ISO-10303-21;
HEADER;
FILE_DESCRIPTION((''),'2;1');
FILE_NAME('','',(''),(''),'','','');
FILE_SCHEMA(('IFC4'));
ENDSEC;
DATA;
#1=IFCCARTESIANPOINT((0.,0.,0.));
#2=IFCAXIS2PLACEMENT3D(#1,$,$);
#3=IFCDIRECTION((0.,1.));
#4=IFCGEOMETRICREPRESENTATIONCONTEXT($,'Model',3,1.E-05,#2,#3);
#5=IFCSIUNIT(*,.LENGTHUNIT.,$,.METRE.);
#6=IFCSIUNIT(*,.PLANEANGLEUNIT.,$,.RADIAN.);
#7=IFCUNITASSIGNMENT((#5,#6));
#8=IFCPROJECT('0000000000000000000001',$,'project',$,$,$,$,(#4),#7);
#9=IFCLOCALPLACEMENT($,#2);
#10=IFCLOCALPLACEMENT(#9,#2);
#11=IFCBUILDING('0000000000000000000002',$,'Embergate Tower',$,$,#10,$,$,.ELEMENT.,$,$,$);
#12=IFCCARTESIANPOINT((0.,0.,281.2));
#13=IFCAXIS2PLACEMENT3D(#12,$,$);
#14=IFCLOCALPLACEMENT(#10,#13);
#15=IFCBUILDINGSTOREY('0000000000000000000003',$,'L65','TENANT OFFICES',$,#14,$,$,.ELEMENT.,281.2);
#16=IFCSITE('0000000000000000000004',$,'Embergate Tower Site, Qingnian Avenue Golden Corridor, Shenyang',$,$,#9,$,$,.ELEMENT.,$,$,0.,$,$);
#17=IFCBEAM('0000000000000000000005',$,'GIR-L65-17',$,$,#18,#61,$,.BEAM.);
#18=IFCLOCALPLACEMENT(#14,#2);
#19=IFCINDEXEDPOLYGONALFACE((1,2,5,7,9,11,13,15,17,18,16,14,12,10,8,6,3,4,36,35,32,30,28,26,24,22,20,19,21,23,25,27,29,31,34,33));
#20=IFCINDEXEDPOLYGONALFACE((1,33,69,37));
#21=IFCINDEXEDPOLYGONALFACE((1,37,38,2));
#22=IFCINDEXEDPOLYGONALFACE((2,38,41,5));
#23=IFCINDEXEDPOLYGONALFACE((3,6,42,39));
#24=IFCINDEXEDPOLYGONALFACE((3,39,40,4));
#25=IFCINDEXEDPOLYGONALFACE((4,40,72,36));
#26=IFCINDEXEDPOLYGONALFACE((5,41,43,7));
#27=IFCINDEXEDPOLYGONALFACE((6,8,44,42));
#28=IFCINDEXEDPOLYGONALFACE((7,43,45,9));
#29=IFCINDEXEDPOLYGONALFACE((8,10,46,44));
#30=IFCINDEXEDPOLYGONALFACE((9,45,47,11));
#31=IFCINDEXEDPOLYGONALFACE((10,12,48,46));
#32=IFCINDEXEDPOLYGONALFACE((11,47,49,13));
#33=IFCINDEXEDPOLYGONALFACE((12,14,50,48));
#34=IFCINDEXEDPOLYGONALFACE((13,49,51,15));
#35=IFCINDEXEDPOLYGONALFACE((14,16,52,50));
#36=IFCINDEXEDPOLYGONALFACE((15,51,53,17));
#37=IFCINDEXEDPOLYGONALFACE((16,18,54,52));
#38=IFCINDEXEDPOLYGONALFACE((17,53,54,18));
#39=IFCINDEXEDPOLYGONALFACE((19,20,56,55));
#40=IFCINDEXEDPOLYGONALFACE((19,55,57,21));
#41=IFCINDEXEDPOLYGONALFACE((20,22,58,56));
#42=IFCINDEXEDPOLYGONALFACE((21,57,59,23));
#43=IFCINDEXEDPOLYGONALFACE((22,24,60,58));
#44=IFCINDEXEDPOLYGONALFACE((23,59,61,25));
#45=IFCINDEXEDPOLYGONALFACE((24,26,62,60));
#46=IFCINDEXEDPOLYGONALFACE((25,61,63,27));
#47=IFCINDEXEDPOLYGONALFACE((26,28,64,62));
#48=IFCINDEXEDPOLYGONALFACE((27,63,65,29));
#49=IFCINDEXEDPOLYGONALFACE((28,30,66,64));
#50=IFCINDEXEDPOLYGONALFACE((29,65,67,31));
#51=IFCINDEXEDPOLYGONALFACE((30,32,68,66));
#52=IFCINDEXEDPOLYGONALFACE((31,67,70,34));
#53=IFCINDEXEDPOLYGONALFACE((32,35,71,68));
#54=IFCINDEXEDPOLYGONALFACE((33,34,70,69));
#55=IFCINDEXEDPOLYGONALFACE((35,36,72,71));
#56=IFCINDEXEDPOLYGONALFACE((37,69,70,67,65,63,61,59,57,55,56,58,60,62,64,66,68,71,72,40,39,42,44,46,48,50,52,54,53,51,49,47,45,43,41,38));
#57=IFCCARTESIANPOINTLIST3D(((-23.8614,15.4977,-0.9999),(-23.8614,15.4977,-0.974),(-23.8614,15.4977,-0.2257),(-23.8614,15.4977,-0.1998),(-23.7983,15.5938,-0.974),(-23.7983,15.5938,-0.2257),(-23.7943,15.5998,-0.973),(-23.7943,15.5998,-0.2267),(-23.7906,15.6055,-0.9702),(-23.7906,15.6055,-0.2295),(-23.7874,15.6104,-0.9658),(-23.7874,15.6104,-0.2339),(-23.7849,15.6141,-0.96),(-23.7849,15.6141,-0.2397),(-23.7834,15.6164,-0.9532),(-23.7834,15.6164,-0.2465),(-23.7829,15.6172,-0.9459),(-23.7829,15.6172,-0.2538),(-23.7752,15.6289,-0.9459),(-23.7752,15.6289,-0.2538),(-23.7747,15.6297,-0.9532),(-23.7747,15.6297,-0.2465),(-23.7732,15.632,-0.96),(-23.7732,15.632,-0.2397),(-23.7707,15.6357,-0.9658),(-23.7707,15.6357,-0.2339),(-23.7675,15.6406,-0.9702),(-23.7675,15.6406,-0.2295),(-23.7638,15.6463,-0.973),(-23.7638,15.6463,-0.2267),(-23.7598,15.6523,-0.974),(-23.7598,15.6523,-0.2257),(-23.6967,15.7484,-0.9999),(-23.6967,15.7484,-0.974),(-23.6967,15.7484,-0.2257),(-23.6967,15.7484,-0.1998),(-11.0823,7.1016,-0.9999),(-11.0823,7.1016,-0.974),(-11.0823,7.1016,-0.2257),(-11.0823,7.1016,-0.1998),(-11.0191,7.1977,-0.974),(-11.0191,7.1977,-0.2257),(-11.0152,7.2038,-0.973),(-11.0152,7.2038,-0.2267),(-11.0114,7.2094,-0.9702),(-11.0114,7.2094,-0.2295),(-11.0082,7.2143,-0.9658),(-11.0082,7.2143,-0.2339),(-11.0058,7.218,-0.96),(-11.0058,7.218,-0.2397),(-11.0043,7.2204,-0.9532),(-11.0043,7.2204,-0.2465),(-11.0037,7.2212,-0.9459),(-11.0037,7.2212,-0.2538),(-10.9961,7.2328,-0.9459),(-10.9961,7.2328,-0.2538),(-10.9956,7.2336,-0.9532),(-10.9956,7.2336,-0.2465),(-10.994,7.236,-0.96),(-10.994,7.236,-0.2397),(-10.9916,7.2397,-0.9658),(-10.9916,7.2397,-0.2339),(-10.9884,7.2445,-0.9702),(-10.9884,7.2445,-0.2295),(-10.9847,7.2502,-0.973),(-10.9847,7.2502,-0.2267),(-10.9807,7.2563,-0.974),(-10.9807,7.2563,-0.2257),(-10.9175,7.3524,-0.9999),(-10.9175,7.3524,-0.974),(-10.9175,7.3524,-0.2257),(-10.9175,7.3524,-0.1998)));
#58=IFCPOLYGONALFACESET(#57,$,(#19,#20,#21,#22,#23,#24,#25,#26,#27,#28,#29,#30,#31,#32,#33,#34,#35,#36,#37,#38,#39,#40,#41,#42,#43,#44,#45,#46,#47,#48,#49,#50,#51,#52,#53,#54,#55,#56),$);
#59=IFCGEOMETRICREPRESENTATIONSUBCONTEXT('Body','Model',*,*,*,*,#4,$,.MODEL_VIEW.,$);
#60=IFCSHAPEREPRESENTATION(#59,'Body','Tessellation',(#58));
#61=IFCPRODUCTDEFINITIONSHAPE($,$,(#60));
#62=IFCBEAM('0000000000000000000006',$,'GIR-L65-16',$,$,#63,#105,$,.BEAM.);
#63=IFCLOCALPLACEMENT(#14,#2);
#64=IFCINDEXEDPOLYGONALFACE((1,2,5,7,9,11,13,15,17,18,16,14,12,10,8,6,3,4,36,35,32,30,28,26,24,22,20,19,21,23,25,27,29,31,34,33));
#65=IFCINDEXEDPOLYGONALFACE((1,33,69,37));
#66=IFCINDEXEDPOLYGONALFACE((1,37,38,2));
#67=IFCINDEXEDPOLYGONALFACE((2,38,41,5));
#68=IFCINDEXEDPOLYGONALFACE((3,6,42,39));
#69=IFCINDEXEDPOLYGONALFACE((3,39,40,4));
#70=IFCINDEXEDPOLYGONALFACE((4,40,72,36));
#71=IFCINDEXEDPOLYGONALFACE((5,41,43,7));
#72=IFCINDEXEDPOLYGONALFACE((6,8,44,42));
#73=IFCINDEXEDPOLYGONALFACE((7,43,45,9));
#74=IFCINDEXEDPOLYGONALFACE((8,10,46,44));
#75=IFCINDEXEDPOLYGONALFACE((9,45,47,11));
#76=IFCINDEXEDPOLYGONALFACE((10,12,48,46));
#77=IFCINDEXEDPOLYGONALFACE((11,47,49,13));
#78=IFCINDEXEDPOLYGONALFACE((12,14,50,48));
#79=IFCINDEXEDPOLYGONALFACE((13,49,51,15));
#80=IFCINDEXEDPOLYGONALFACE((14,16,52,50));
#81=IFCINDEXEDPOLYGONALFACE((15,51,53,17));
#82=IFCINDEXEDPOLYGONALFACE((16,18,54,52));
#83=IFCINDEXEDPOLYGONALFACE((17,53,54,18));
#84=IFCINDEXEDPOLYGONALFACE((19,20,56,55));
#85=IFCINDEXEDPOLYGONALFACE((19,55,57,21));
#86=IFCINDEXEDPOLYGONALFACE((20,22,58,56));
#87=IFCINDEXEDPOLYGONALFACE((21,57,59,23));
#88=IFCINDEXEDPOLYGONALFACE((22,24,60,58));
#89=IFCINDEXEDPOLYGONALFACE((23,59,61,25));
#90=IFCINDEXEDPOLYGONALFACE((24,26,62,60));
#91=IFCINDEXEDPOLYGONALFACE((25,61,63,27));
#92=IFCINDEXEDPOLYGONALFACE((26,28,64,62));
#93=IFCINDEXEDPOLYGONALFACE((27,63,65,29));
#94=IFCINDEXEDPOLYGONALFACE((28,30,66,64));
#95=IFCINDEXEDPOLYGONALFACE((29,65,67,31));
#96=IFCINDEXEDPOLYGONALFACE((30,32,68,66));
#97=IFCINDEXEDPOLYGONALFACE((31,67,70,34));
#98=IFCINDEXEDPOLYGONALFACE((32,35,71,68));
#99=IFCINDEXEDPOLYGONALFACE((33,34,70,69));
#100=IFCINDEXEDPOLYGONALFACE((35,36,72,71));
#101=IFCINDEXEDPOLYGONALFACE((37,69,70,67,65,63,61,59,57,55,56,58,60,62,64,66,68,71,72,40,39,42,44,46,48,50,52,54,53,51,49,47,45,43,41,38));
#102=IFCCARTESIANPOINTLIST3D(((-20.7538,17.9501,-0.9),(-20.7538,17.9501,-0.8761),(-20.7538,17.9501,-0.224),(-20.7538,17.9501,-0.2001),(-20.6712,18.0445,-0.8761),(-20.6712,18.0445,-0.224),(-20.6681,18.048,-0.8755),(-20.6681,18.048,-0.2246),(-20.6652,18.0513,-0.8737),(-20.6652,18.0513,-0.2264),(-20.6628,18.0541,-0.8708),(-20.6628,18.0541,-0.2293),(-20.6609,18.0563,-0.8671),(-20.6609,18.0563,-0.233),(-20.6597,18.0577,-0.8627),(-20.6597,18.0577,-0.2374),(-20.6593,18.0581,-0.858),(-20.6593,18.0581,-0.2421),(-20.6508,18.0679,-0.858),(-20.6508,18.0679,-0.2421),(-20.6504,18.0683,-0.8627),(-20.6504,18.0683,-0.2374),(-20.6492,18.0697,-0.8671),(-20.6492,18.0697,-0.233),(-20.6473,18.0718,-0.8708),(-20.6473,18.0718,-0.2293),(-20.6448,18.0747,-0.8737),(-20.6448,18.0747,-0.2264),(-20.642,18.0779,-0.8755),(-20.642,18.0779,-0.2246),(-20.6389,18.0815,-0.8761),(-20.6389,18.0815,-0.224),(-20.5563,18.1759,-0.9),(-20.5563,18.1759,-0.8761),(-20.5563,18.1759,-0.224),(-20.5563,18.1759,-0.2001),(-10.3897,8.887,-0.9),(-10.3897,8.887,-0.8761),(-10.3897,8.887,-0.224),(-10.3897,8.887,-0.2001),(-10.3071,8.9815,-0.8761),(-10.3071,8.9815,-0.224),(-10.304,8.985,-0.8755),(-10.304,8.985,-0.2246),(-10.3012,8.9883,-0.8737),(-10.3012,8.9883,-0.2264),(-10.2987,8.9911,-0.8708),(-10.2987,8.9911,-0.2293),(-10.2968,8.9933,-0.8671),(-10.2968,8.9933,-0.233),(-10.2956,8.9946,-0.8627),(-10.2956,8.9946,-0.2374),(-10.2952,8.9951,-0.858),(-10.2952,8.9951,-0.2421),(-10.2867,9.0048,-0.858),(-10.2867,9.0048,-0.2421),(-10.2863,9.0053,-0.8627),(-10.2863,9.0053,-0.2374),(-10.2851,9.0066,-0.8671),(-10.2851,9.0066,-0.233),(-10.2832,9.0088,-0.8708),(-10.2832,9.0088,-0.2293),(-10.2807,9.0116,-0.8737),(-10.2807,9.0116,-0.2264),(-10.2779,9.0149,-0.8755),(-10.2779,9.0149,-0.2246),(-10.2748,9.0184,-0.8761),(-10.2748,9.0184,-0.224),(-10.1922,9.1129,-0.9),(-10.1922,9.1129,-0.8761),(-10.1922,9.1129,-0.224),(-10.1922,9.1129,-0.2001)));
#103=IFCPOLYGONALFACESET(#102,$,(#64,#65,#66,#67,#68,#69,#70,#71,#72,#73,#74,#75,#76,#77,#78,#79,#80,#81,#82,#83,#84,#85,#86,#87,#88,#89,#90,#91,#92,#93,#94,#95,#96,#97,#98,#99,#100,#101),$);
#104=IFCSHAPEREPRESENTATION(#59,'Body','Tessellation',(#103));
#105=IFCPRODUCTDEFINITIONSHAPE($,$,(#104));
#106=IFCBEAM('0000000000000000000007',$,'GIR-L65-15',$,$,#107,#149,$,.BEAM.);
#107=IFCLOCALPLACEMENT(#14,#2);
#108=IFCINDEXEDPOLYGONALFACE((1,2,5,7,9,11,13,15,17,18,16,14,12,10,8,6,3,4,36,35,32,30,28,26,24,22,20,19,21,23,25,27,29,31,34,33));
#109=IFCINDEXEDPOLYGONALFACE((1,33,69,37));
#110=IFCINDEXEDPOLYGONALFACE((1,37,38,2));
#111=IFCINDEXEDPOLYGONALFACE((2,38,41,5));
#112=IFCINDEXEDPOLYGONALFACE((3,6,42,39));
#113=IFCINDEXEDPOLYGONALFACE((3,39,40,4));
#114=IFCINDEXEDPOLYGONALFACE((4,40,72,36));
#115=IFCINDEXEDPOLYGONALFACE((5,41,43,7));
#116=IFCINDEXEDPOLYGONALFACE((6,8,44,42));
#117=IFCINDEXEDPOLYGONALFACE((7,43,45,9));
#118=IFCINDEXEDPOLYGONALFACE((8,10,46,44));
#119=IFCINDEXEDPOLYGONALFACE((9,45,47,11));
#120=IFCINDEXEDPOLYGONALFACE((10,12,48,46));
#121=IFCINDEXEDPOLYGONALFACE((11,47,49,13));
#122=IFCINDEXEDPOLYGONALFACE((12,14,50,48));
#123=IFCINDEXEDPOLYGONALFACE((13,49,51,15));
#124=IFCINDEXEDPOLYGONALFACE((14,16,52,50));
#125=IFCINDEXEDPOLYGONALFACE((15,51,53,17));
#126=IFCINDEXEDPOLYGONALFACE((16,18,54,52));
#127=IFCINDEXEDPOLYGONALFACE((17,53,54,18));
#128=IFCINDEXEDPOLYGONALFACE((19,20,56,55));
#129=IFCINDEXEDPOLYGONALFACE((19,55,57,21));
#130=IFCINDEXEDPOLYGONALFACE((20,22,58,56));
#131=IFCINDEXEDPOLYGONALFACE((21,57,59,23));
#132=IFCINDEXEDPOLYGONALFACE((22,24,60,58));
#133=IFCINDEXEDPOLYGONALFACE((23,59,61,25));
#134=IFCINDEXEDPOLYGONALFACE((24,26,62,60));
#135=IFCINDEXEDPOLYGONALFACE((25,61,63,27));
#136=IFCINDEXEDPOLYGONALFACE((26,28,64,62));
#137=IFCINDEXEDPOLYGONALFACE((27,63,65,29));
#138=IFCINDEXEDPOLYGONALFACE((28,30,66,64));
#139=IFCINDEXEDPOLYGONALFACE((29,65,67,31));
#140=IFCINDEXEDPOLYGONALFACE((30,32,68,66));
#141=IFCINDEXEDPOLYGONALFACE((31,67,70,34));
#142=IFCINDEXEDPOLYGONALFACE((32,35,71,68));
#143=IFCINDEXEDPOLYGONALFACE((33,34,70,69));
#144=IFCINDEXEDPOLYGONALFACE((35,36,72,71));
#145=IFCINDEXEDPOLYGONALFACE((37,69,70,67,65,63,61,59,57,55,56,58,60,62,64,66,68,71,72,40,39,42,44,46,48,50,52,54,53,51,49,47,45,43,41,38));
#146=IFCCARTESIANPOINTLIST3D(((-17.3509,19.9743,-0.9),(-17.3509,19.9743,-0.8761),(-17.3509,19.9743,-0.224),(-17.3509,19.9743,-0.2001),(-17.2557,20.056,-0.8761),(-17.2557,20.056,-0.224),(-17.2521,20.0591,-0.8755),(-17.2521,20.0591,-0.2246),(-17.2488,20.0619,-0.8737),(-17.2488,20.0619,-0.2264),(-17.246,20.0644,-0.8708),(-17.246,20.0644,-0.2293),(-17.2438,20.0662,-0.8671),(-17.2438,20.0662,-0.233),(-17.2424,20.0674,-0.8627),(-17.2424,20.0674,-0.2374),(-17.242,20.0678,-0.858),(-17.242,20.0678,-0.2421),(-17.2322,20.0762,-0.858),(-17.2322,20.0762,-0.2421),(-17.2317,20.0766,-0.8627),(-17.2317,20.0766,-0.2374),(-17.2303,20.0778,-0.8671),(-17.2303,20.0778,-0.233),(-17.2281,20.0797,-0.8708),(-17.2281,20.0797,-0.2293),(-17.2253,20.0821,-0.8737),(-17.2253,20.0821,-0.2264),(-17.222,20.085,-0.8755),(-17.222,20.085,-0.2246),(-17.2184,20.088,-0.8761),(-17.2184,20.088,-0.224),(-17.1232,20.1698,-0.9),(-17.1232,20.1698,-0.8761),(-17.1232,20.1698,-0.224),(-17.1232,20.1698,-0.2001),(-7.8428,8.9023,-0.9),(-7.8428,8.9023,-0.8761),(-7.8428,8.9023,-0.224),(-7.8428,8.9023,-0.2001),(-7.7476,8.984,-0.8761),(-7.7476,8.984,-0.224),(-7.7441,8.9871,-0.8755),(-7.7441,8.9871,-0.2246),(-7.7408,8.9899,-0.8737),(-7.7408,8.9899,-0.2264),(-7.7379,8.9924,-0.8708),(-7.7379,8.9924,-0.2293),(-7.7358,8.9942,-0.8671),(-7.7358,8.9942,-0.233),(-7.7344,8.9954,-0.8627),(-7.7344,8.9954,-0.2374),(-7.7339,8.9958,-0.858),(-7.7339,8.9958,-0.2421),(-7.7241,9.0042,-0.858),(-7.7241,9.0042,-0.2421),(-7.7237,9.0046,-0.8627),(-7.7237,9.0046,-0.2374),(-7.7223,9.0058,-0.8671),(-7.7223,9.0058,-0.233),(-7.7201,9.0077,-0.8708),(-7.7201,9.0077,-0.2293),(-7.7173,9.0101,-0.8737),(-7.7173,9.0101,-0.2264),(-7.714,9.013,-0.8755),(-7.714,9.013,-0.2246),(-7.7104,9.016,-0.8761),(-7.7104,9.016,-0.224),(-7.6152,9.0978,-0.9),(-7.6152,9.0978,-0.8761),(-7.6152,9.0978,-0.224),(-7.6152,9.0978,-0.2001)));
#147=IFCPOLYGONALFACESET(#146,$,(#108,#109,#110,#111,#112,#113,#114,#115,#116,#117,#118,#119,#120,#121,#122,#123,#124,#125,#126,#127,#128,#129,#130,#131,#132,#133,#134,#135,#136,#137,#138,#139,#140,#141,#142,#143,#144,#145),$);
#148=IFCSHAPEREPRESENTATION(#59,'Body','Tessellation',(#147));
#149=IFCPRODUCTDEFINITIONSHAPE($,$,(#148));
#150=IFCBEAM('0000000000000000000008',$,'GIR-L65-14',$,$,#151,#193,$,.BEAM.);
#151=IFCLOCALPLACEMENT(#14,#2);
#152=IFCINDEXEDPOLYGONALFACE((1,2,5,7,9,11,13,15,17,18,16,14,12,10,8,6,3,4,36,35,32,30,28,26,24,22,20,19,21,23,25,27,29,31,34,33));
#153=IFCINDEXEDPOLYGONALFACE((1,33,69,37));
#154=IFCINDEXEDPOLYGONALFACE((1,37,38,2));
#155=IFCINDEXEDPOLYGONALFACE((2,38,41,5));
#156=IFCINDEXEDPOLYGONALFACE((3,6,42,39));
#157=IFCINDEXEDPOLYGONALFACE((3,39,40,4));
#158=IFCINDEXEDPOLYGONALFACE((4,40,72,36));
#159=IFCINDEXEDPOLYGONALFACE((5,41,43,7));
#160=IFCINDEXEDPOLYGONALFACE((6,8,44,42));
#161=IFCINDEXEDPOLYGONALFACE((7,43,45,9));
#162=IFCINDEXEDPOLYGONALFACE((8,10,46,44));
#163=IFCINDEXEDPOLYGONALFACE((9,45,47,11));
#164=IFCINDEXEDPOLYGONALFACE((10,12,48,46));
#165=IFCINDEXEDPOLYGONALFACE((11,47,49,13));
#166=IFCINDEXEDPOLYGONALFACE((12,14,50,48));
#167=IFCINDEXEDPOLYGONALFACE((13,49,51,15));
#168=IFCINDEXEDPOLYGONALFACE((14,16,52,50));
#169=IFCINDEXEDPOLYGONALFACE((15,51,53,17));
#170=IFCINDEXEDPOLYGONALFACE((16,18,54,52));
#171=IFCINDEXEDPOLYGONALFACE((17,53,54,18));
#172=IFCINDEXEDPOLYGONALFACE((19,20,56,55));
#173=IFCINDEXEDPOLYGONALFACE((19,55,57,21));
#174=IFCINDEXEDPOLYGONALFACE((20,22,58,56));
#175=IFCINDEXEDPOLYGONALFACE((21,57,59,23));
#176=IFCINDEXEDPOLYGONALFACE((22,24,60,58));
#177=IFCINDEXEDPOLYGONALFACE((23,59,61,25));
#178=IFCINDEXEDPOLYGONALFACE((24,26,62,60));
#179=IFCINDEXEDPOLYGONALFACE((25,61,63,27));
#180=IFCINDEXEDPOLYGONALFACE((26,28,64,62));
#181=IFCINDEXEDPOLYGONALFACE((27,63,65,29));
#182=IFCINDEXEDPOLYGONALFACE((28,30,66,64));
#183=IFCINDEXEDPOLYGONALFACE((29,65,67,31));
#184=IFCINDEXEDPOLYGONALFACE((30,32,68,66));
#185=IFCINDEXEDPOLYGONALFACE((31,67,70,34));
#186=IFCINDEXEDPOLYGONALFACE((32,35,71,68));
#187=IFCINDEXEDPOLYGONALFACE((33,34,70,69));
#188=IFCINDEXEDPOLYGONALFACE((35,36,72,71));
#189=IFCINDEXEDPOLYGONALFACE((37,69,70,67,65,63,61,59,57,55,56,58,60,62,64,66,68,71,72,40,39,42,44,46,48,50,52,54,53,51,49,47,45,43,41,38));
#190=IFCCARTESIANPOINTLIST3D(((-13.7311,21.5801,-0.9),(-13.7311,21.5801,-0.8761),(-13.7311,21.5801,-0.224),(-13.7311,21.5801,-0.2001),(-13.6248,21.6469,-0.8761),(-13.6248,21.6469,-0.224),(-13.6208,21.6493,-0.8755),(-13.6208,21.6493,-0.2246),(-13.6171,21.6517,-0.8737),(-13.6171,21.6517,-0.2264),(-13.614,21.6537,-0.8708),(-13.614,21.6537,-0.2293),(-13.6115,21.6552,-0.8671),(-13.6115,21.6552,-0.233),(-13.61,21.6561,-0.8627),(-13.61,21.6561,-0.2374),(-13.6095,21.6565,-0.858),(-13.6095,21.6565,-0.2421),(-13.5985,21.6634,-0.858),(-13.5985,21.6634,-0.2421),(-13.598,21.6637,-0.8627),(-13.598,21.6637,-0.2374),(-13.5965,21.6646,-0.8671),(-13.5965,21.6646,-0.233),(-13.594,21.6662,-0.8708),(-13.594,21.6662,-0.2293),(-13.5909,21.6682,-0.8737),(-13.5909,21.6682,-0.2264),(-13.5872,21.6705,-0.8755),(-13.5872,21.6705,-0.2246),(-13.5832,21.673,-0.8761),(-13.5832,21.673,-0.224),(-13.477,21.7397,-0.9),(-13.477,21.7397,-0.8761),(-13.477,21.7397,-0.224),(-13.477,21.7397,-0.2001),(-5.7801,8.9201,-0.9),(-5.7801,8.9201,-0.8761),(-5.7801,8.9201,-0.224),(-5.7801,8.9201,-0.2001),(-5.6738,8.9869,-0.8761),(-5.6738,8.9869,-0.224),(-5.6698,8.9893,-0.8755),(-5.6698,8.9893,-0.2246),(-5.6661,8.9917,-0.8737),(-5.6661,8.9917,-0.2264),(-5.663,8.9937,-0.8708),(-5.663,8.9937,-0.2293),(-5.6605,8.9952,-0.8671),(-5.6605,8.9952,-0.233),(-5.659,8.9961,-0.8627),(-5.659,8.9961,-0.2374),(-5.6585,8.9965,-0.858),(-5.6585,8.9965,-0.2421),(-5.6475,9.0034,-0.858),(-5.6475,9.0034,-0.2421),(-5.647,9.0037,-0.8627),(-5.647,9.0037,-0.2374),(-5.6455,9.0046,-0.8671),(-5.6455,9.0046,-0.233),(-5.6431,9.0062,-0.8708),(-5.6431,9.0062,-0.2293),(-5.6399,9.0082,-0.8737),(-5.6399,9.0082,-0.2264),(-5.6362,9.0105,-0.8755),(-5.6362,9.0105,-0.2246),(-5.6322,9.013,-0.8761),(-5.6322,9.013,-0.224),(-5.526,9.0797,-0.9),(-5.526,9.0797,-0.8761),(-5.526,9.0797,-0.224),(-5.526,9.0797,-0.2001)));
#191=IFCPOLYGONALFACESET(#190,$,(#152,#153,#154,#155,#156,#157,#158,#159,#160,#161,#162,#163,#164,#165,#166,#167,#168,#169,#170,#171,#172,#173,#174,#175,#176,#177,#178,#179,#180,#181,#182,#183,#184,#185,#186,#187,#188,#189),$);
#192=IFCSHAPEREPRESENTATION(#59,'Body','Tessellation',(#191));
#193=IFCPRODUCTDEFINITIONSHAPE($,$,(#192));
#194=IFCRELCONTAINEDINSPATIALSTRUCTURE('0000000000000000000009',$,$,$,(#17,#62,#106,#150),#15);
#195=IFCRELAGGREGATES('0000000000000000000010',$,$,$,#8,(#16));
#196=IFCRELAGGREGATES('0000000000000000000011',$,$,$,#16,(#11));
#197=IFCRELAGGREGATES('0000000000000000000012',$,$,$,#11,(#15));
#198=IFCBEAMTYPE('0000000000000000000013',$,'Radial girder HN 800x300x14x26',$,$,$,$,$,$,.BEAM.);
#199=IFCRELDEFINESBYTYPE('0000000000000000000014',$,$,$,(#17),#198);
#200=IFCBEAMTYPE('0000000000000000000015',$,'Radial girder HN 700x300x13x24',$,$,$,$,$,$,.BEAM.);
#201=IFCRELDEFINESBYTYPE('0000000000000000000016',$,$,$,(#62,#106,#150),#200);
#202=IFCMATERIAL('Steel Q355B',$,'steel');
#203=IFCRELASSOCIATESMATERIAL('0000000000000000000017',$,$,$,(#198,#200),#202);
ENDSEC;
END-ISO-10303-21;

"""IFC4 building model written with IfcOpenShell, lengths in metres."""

from ifc_helpers import new_model, si_unit, direction, frame, origin, origin_2d, place, context, subcontext, project, spatial, i_section, extrude, source, transform, mapped, material, material_profile, profile_set, type_object, element, save


model = new_model("IFC4")

# Units and contexts
model_context = context("Model", 3, precision=1e-05, world=origin(), true_north=direction((0.0, 1.0)))
body_context = subcontext(model_context, "Body", "Model", "MODEL_VIEW")
ifc_project = project(units=[si_unit("LENGTHUNIT", "METRE"), si_unit("PLANEANGLEUNIT", "RADIAN")], contexts=[model_context])

# Site, building, storey
site_placement = place(None, origin())
site = spatial("IfcSite", under=ifc_project, at=site_placement, Name="Embergate Tower Site, Qingnian Avenue Golden Corridor, Shenyang", CompositionType="ELEMENT", RefElevation=0.0)
building_placement = place(site_placement, origin())
building = spatial("IfcBuilding", under=site, at=building_placement, Name="Embergate Tower", CompositionType="ELEMENT")
storey_placement = place(building_placement, frame((0.0, 0.0, 281.2)))
storey = spatial("IfcBuildingStorey", under=building, at=storey_placement, Name="L65", Description="TENANT OFFICES", CompositionType="ELEMENT", Elevation=281.2)

# Beams
ifc_material_1 = material(Name="Steel Q355B", Category="steel")
ifc_material_profile_1 = material_profile(ifc_material_1, i_section(OverallWidth=0.3, OverallDepth=0.8, WebThickness=0.0139, FlangeThickness=0.0259, FilletRadius=0.0281, at=origin_2d()), Name="HN 800x300x14x26")
ifc_profile_set_1 = profile_set([ifc_material_profile_1], Name="Steel Q355 grade B")
beam_type_1 = type_object("IfcBeamType", Name="Radial girder HN 800x300x14x26", PredefinedType="BEAM", material=ifc_profile_set_1)
shared_shape_1 = source(origin(), body_context, "Body", "SweptSolid", [
    extrude(i_section(OverallWidth=0.3, OverallDepth=0.8, WebThickness=0.0139, FlangeThickness=0.0259, FilletRadius=0.0281, at=origin_2d()), origin(), (0.0, 0.0, 1.0), 15.2905),
])
beam_1_placement = place(storey_placement, frame((-23.7791, 15.623, -0.5999), z_axis=(0.835756, -0.549102, 0.0), x_axis=(0.549102, 0.835756, 0.0)))
element("IfcBeam", 1, at=beam_1_placement, inside=storey, type_object=beam_type_1, Name="GIR-L65-17", PredefinedType="BEAM", context=body_context, shape_type="MappedRepresentation", body=[
    mapped(shared_shape_1, transform((0.0, 0.0, 0.0))),
])
ifc_material_profile_2 = material_profile(ifc_material_1, i_section(OverallWidth=0.3, OverallDepth=0.7, WebThickness=0.0129, FlangeThickness=0.0239, FilletRadius=0.0181, at=origin_2d()), Name="HN 700x300x13x24")
ifc_profile_set_2 = profile_set([ifc_material_profile_2], Name="Steel Q355 grade B")
beam_type_2 = type_object("IfcBeamType", Name="Radial girder HN 700x300x13x24", PredefinedType="BEAM", material=ifc_profile_set_2)
shared_shape_2 = source(origin(), body_context, "Body", "SweptSolid", [
    extrude(i_section(OverallWidth=0.3, OverallDepth=0.7, WebThickness=0.0129, FlangeThickness=0.0239, FilletRadius=0.0181, at=origin_2d()), origin(), (0.0, 0.0, 1.0), 13.7678),
])
beam_2_placement = place(storey_placement, frame((-20.655, 18.063, -0.55), z_axis=(0.752775, -0.658277, 0.0), x_axis=(0.658277, 0.752775, 0.0)))
element("IfcBeam", 2, at=beam_2_placement, inside=storey, type_object=beam_type_2, Name="GIR-L65-16", PredefinedType="BEAM", context=body_context, shape_type="MappedRepresentation", body=[
    mapped(shared_shape_2, transform((0.0, 0.0, 0.0))),
])
shared_shape_3 = source(origin(), body_context, "Body", "SweptSolid", [
    extrude(i_section(OverallWidth=0.3, OverallDepth=0.7, WebThickness=0.0129, FlangeThickness=0.0239, FilletRadius=0.0181, at=origin_2d()), origin(), (0.0, 0.0, 1.0), 14.5942),
])
beam_3_placement = place(storey_placement, frame((-17.2371, 20.072, -0.55), z_axis=(0.651492, -0.758655, 0.0), x_axis=(0.758655, 0.651492, 0.0)))
element("IfcBeam", 3, at=beam_3_placement, inside=storey, type_object=beam_type_2, Name="GIR-L65-15", PredefinedType="BEAM", context=body_context, shape_type="MappedRepresentation", body=[
    mapped(shared_shape_3, transform((0.0, 0.0, 0.0))),
])
shared_shape_4 = source(origin(), body_context, "Body", "SweptSolid", [
    extrude(i_section(OverallWidth=0.3, OverallDepth=0.7, WebThickness=0.0129, FlangeThickness=0.0239, FilletRadius=0.0181, at=origin_2d()), origin(), (0.0, 0.0, 1.0), 14.9497),
])
beam_4_placement = place(storey_placement, frame((-13.604, 21.6599, -0.55), z_axis=(0.531849, -0.846839, 0.0), x_axis=(0.846839, 0.531849, 0.0)))
element("IfcBeam", 4, at=beam_4_placement, inside=storey, type_object=beam_type_2, Name="GIR-L65-14", PredefinedType="BEAM", context=body_context, shape_type="MappedRepresentation", body=[
    mapped(shared_shape_4, transform((0.0, 0.0, 0.0))),
])

save(model, "model.ifc")
